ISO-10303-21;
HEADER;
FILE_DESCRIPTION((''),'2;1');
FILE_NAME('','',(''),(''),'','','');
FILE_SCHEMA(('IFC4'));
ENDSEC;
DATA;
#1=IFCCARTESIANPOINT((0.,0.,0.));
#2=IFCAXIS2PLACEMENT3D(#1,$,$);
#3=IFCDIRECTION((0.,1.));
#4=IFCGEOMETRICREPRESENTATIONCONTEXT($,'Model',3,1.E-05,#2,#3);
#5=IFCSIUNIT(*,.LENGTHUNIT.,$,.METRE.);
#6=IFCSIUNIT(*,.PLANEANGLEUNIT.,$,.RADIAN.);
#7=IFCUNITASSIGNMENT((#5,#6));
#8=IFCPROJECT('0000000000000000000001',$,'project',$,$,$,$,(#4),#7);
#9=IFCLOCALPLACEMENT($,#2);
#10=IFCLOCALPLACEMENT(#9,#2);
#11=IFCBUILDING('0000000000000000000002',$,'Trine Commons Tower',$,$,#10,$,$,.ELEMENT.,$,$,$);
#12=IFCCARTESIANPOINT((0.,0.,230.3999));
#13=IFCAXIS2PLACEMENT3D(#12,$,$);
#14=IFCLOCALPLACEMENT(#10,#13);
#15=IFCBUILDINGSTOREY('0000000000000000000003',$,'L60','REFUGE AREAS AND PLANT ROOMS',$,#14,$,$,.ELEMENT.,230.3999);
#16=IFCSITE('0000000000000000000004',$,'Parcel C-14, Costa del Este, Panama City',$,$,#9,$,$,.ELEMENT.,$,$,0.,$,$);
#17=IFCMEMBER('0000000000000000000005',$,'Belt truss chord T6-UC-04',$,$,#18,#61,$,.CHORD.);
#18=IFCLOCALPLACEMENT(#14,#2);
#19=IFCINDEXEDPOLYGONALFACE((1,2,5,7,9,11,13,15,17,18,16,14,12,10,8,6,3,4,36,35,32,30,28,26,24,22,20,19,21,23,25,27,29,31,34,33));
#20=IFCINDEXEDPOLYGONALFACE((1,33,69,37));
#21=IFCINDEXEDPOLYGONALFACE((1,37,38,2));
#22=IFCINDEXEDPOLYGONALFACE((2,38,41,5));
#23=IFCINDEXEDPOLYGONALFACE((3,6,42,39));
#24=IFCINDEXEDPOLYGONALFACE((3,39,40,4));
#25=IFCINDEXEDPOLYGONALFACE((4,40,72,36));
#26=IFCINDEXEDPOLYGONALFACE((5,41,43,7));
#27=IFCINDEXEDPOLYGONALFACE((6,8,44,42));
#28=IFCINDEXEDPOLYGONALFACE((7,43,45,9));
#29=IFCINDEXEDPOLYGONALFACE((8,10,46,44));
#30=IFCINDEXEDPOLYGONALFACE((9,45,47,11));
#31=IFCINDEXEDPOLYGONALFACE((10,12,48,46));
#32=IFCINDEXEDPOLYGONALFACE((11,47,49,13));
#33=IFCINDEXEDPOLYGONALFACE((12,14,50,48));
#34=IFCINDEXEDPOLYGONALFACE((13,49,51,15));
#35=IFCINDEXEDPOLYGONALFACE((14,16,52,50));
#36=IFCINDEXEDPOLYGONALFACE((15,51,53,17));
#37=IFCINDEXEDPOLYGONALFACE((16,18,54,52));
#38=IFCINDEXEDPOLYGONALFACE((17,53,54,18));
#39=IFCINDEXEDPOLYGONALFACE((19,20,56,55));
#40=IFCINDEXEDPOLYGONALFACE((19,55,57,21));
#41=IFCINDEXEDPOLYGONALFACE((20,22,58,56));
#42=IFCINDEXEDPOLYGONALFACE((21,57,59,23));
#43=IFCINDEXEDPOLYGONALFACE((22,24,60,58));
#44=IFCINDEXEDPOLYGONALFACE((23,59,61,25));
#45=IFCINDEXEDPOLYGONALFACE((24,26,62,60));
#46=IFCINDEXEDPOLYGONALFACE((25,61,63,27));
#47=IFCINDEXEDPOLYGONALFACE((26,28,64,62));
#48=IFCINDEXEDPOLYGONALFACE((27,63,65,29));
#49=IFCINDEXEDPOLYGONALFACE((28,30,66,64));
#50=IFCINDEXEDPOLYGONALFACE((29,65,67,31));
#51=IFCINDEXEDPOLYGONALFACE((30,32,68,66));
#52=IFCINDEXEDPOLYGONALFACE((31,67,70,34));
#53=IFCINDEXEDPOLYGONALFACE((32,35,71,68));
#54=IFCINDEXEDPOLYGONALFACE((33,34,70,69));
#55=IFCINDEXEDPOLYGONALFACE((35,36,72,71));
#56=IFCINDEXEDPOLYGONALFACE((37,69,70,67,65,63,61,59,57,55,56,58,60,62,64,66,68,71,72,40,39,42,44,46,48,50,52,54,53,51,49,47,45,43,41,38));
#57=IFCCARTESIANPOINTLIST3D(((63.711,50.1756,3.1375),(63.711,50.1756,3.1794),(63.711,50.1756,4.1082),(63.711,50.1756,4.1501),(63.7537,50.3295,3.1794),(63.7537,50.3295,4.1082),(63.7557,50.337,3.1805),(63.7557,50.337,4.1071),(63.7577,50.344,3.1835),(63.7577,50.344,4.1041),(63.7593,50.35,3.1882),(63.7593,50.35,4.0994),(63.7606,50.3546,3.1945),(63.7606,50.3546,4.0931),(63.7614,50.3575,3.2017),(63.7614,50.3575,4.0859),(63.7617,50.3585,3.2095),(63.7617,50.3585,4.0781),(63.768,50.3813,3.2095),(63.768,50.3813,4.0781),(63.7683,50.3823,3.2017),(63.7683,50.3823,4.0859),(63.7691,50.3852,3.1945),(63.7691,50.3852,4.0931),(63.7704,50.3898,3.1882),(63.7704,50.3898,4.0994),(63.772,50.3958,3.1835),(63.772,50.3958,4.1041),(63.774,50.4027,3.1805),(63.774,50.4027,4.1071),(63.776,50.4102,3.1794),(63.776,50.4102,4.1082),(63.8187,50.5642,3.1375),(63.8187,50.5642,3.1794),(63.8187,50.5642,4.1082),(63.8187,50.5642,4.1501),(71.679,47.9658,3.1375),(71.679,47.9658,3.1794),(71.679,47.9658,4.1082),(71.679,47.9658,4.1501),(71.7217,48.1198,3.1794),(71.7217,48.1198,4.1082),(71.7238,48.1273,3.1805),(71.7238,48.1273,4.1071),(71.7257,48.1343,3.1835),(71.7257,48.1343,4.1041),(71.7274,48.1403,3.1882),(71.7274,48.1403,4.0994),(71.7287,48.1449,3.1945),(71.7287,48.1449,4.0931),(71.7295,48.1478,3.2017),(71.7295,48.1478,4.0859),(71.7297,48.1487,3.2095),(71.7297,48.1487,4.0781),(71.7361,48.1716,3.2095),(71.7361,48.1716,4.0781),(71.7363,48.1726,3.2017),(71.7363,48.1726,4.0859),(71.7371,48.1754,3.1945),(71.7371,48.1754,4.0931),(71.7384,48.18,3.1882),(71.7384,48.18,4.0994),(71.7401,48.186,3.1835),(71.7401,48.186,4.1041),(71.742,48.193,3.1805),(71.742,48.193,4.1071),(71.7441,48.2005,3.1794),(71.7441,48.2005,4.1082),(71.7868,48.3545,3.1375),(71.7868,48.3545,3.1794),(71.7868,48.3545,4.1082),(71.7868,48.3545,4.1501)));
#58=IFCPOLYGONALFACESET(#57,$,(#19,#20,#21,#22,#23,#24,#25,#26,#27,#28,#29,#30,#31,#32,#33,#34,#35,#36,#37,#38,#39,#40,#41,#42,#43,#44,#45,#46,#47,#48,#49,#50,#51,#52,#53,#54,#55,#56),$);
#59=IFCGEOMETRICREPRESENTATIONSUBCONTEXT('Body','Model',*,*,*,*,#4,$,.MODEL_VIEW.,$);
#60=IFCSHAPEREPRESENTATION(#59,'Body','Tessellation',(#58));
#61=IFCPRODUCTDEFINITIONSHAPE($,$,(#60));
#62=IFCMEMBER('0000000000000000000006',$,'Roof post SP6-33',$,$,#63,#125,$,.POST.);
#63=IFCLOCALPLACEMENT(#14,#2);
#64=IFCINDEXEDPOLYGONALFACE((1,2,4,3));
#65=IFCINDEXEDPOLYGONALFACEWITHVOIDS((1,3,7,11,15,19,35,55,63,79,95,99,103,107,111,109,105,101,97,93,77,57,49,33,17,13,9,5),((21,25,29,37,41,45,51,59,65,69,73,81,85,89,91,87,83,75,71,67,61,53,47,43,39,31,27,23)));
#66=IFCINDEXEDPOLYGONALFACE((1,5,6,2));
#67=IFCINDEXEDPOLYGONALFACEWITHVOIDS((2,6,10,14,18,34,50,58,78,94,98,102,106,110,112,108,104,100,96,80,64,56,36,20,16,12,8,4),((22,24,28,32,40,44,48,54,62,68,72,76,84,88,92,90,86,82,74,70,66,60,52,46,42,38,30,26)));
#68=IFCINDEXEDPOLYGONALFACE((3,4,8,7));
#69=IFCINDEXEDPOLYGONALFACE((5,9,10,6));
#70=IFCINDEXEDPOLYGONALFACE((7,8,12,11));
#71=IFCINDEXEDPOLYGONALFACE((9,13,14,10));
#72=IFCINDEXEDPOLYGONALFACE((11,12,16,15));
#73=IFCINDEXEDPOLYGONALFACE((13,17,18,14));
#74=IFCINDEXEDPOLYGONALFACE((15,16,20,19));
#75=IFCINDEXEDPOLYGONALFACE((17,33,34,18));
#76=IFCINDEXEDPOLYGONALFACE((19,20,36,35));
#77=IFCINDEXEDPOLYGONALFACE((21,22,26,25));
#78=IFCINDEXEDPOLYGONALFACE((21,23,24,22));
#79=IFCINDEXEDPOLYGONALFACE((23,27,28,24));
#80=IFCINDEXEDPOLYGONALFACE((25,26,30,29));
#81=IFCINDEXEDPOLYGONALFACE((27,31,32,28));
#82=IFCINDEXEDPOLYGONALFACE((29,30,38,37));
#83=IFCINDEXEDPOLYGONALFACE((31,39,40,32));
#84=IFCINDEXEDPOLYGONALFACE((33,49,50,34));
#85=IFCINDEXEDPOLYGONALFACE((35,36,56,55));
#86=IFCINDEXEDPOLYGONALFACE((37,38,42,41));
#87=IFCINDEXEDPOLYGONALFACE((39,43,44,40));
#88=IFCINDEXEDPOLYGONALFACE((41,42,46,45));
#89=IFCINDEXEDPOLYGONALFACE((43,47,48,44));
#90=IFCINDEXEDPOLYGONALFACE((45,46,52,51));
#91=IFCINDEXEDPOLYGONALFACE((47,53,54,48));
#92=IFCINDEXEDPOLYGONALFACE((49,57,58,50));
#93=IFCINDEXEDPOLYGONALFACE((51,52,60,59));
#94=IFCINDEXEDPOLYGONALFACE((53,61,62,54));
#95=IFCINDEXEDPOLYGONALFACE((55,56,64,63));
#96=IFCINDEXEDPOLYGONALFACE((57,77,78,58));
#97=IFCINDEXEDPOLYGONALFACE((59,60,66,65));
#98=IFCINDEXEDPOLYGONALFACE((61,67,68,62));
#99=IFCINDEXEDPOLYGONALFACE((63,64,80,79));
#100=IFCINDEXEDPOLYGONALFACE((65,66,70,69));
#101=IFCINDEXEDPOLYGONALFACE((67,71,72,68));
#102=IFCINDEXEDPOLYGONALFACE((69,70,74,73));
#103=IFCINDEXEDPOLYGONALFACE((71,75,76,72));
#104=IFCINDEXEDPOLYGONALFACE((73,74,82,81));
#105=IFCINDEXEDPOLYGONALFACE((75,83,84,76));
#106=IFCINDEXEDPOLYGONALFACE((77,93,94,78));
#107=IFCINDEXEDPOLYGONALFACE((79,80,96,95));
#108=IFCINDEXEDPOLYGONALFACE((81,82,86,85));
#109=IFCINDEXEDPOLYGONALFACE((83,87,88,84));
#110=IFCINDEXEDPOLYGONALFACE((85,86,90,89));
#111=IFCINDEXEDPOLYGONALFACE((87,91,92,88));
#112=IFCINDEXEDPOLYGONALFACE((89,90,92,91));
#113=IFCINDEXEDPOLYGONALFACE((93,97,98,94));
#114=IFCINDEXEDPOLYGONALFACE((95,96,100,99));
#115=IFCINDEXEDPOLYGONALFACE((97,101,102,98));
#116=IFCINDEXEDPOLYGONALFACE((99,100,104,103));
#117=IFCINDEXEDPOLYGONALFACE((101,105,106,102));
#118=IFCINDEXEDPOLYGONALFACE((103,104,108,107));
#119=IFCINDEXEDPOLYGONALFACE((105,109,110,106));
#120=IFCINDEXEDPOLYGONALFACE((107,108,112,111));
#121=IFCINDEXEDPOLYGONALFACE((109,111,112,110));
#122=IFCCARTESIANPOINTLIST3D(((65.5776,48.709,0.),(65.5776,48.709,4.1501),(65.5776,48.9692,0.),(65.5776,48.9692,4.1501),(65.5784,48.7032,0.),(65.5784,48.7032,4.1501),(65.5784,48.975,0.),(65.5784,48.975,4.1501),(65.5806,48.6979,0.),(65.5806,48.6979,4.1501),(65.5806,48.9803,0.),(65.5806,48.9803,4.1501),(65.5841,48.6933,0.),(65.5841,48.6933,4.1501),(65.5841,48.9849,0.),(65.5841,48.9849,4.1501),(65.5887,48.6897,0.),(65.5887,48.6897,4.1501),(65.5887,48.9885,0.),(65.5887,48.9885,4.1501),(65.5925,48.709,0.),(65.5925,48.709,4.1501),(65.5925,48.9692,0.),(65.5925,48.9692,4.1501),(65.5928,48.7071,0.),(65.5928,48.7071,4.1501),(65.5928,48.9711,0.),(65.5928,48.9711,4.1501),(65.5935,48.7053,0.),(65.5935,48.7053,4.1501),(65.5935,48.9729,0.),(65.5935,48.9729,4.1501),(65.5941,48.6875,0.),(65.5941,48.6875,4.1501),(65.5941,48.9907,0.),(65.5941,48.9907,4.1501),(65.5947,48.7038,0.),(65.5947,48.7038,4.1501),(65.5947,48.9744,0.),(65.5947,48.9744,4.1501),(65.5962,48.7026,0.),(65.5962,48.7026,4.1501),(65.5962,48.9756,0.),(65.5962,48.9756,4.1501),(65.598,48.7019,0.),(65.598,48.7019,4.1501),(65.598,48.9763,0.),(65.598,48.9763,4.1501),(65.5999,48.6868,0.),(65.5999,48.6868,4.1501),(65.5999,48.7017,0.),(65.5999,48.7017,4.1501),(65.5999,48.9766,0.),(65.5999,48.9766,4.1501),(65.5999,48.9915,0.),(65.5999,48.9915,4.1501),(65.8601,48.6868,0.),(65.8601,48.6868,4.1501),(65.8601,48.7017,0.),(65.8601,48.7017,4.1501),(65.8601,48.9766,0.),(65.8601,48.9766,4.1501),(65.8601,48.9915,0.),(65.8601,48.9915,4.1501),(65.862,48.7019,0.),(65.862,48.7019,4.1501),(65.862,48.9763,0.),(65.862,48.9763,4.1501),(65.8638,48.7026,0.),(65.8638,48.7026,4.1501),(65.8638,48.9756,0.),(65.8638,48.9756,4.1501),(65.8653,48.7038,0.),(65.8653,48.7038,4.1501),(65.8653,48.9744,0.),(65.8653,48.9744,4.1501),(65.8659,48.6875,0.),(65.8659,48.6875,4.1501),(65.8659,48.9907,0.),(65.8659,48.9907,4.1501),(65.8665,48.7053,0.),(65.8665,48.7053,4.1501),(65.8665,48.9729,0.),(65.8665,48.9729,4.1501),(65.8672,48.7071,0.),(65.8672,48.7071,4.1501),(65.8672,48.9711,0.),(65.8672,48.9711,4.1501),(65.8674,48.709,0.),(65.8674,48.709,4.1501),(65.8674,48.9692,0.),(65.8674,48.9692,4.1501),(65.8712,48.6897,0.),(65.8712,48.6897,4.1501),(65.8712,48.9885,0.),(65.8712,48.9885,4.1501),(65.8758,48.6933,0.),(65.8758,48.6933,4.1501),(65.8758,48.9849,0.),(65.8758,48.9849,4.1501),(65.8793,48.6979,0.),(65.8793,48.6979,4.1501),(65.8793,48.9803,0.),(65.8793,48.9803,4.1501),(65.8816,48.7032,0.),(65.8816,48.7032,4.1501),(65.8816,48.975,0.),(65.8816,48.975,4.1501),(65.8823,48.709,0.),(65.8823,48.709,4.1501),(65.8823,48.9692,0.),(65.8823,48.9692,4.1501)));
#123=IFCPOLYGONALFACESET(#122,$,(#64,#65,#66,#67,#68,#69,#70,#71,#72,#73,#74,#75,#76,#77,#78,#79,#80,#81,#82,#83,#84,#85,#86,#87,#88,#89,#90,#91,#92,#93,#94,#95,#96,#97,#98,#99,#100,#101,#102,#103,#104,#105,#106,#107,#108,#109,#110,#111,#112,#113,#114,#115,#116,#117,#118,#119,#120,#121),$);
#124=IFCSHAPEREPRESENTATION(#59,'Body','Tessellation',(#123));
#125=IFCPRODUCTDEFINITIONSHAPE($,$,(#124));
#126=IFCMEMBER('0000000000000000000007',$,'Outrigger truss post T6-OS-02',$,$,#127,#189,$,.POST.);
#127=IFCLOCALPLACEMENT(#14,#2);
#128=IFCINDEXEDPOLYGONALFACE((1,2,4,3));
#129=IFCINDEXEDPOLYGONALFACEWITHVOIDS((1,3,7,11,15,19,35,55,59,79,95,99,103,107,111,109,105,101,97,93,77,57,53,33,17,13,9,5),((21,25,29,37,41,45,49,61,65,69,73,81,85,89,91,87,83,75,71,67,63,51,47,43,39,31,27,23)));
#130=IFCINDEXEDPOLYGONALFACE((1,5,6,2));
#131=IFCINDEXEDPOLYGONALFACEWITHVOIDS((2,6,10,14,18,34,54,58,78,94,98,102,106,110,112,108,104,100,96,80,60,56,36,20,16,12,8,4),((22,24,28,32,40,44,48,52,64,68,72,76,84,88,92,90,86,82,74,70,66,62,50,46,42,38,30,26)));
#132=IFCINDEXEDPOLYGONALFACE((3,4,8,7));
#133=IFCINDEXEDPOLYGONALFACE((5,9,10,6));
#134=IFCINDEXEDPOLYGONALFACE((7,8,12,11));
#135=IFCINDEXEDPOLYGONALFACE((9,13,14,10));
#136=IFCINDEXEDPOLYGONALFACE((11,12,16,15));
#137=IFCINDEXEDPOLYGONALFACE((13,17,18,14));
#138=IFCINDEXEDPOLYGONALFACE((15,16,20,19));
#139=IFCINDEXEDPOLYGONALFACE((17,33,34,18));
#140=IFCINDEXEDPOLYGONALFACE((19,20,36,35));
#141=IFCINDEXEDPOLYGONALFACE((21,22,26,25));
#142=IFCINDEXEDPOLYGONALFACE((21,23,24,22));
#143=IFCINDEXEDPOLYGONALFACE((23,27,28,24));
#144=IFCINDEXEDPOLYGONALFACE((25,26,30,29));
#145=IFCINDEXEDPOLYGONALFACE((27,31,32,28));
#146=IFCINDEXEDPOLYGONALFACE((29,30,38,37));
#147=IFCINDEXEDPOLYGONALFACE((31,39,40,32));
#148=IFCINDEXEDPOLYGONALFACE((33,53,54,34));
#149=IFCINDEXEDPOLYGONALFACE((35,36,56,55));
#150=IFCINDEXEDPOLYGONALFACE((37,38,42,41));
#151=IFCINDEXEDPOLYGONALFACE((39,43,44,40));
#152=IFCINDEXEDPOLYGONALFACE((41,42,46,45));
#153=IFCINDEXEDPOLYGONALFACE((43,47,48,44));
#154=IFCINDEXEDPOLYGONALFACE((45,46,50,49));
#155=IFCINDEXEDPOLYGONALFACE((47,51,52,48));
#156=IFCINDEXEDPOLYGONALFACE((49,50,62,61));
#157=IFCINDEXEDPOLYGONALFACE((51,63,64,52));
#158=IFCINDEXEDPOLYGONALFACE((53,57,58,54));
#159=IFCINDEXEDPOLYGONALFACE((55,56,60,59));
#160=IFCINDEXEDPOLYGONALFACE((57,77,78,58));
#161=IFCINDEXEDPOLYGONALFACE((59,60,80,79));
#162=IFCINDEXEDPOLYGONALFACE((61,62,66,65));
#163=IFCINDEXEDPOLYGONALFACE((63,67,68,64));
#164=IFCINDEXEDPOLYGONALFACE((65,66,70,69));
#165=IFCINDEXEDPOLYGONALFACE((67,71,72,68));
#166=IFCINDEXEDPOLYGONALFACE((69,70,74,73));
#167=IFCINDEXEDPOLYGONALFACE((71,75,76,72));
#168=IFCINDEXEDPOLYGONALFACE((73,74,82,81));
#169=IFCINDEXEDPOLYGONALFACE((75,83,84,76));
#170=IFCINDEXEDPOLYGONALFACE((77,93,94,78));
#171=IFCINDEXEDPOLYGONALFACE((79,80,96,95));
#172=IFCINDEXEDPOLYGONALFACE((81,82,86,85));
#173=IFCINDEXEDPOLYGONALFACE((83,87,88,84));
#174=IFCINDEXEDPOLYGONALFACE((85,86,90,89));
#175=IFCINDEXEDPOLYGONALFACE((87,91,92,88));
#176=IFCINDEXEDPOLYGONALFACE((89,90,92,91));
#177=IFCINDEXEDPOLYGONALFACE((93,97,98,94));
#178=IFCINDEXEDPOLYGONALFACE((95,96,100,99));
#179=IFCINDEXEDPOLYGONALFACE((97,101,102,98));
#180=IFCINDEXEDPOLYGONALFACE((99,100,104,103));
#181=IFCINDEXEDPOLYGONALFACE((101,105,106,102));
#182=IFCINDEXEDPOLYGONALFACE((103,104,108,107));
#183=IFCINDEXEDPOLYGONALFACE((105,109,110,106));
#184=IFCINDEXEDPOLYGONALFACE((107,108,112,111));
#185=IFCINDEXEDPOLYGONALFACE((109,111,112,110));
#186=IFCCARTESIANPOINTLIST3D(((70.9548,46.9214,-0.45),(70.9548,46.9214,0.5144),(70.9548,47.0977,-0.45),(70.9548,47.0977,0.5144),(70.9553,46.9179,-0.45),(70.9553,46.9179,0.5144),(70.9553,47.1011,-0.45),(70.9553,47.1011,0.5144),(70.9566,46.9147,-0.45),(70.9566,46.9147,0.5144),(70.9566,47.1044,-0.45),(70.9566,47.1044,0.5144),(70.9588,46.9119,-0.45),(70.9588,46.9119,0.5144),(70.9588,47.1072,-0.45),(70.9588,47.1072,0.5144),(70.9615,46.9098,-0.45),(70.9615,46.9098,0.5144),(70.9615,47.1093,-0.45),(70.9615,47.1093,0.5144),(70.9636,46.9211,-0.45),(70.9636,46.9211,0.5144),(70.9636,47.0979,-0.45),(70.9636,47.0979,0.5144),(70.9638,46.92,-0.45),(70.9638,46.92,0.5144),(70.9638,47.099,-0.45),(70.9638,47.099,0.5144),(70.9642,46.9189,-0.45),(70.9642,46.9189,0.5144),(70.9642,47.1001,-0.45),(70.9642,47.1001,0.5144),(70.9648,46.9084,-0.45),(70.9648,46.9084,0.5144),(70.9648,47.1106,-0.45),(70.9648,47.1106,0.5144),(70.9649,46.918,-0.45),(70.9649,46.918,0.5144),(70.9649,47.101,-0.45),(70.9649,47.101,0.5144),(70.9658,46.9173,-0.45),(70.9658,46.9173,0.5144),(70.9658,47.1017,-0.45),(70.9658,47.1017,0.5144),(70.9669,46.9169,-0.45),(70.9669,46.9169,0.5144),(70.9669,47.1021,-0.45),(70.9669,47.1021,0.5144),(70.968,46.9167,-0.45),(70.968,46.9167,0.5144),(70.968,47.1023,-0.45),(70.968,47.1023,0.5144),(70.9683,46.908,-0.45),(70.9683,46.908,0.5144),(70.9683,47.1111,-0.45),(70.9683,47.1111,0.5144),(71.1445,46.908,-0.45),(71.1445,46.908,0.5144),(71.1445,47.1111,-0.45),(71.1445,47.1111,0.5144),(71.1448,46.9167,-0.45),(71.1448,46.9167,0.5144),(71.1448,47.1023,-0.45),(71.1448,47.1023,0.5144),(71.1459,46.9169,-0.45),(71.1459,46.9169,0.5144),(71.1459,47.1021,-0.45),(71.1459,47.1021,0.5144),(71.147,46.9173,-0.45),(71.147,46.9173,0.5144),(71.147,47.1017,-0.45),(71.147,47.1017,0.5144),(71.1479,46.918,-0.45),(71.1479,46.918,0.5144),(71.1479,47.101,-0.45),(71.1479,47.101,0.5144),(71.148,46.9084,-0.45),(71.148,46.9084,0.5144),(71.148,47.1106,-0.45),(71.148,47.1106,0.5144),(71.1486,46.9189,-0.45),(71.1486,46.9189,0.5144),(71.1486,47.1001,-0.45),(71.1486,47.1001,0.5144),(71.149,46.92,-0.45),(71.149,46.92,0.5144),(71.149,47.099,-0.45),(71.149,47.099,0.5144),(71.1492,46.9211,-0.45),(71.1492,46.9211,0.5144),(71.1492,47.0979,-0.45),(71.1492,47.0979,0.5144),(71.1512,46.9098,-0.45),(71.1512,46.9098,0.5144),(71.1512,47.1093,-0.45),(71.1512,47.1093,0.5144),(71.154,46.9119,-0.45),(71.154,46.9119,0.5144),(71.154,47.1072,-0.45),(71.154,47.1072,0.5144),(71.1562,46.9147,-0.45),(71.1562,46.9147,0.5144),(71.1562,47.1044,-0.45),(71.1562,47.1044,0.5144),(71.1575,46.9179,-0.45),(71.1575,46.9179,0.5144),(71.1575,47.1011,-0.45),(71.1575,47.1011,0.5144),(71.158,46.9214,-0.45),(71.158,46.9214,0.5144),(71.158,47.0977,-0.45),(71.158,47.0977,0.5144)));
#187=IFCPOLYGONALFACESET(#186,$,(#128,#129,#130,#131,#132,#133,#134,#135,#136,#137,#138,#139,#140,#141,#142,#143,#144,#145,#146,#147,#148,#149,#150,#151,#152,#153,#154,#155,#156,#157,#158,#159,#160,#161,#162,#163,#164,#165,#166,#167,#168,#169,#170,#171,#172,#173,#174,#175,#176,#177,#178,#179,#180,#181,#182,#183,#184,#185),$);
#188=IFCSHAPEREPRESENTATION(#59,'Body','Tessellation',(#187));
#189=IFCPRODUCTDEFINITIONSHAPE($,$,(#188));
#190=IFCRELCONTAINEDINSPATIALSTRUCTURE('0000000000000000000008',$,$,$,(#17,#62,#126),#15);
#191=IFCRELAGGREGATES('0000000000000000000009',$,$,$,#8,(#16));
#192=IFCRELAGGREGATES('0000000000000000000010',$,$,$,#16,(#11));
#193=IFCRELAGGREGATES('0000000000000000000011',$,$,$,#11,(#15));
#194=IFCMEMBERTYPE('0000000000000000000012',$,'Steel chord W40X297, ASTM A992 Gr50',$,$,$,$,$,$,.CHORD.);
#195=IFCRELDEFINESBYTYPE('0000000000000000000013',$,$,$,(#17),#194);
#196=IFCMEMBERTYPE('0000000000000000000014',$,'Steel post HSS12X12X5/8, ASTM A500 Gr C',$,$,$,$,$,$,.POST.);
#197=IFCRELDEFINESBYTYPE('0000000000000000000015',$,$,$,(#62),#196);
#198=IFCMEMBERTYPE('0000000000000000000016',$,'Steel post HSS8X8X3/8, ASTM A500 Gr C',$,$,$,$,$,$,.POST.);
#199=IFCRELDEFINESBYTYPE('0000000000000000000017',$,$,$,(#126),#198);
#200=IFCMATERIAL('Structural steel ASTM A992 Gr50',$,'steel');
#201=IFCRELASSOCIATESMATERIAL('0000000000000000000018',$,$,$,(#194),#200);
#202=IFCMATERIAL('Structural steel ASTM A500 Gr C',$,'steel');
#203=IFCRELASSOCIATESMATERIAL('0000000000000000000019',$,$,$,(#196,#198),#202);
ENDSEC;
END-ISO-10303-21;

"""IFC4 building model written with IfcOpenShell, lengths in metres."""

from ifc_helpers import new_model, si_unit, direction, frame, origin, origin_2d, place, context, subcontext, project, spatial, hollow_rectangle, i_section, extrude, material, material_profile, profile_set, type_object, element, save


model = new_model("IFC4")

# Units and contexts
model_context = context("Model", 3, precision=1e-05, world=origin(), true_north=direction((0.0, 1.0)))
body_context = subcontext(model_context, "Body", "Model", "MODEL_VIEW")
ifc_project = project(units=[si_unit("LENGTHUNIT", "METRE"), si_unit("PLANEANGLEUNIT", "RADIAN")], contexts=[model_context])

# Site, building, storey
site_placement = place(None, origin())
site = spatial("IfcSite", under=ifc_project, at=site_placement, Name="Parcel C-14, Costa del Este, Panama City", CompositionType="ELEMENT", RefElevation=0.0)
building_placement = place(site_placement, origin())
building = spatial("IfcBuilding", under=site, at=building_placement, Name="Trine Commons Tower", CompositionType="ELEMENT")
storey_placement = place(building_placement, frame((0.0, 0.0, 230.3999)))
storey = spatial("IfcBuildingStorey", under=building, at=storey_placement, Name="L60", Description="REFUGE AREAS AND PLANT ROOMS", CompositionType="ELEMENT", Elevation=230.3999)

# Shared definitions
ifc_material_1 = material(Name="Structural steel ASTM A992 Gr50", Category="steel")

# Members
ifc_material_profile_1 = material_profile(ifc_material_1, i_section(OverallWidth=0.4033, OverallDepth=1.0127, WebThickness=0.0237, FlangeThickness=0.042, FilletRadius=0.03, at=origin_2d()), Name="W40X297")
ifc_profile_set_1 = profile_set([ifc_material_profile_1], Name="Structural steel ASTM A992 Gr50")
member_type_1 = type_object("IfcMemberType", Name="Steel chord W40X297, ASTM A992 Gr50", PredefinedType="CHORD", material=ifc_profile_set_1)
member_1_placement = place(storey_placement, frame((71.7329, 48.1602, 3.6438), z_axis=(-0.963631, 0.267237, 0.0), x_axis=(-0.267237, -0.963631, 0.0)))
element("IfcMember", 1, at=member_1_placement, inside=storey, type_object=member_type_1, Name="Belt truss chord T6-UC-04", PredefinedType="CHORD", context=body_context, shape_type="SweptSolid", body=[
    extrude(i_section(OverallWidth=0.4033, OverallDepth=1.0127, WebThickness=0.0237, FlangeThickness=0.042, FilletRadius=0.03, at=origin_2d()), origin(), (0.0, 0.0, 1.0), 8.2688),
])
ifc_material_2 = material(Name="Structural steel ASTM A500 Gr C", Category="steel")
ifc_material_profile_2 = material_profile(ifc_material_2, hollow_rectangle(XDim=0.3047, YDim=0.3047, WallThickness=0.0149, InnerFilletRadius=0.0073, OuterFilletRadius=0.0222, at=origin_2d()), Name="HSS12X12X5/8")
ifc_profile_set_2 = profile_set([ifc_material_profile_2], Name="Structural steel ASTM A500 Gr C")
member_type_2 = type_object("IfcMemberType", Name="Steel post HSS12X12X5/8, ASTM A500 Gr C", PredefinedType="POST", material=ifc_profile_set_2)
member_2_placement = place(storey_placement, frame((65.73, 48.8391, 0.0), z_axis=(0.0, 0.0, 1.0), x_axis=(1.0, 0.0, 0.0)))
element("IfcMember", 2, at=member_2_placement, inside=storey, type_object=member_type_2, Name="Roof post SP6-33", PredefinedType="POST", context=body_context, shape_type="SweptSolid", body=[
    extrude(hollow_rectangle(XDim=0.3047, YDim=0.3047, WallThickness=0.0149, InnerFilletRadius=0.0073, OuterFilletRadius=0.0222, at=origin_2d()), origin(), (0.0, 0.0, 1.0), 4.1501),
])
ifc_material_profile_3 = material_profile(ifc_material_2, hollow_rectangle(XDim=0.2031, YDim=0.2031, WallThickness=0.0088, InnerFilletRadius=0.0044, OuterFilletRadius=0.0134, at=origin_2d()), Name="HSS8X8X3/8")
ifc_profile_set_3 = profile_set([ifc_material_profile_3], Name="Structural steel ASTM A500 Gr C")
member_type_3 = type_object("IfcMemberType", Name="Steel post HSS8X8X3/8, ASTM A500 Gr C", PredefinedType="POST", material=ifc_profile_set_3)
member_3_placement = place(storey_placement, frame((71.0564, 47.0095, -0.45), z_axis=(0.0, 0.0, 1.0), x_axis=(1.0, 0.0, 0.0)))
element("IfcMember", 3, at=member_3_placement, inside=storey, type_object=member_type_3, Name="Outrigger truss post T6-OS-02", PredefinedType="POST", context=body_context, shape_type="SweptSolid", body=[
    extrude(hollow_rectangle(XDim=0.2031, YDim=0.2031, WallThickness=0.0088, InnerFilletRadius=0.0044, OuterFilletRadius=0.0134, at=origin_2d()), origin(), (0.0, 0.0, 1.0), 0.9644),
])

save(model, "model.ifc")
